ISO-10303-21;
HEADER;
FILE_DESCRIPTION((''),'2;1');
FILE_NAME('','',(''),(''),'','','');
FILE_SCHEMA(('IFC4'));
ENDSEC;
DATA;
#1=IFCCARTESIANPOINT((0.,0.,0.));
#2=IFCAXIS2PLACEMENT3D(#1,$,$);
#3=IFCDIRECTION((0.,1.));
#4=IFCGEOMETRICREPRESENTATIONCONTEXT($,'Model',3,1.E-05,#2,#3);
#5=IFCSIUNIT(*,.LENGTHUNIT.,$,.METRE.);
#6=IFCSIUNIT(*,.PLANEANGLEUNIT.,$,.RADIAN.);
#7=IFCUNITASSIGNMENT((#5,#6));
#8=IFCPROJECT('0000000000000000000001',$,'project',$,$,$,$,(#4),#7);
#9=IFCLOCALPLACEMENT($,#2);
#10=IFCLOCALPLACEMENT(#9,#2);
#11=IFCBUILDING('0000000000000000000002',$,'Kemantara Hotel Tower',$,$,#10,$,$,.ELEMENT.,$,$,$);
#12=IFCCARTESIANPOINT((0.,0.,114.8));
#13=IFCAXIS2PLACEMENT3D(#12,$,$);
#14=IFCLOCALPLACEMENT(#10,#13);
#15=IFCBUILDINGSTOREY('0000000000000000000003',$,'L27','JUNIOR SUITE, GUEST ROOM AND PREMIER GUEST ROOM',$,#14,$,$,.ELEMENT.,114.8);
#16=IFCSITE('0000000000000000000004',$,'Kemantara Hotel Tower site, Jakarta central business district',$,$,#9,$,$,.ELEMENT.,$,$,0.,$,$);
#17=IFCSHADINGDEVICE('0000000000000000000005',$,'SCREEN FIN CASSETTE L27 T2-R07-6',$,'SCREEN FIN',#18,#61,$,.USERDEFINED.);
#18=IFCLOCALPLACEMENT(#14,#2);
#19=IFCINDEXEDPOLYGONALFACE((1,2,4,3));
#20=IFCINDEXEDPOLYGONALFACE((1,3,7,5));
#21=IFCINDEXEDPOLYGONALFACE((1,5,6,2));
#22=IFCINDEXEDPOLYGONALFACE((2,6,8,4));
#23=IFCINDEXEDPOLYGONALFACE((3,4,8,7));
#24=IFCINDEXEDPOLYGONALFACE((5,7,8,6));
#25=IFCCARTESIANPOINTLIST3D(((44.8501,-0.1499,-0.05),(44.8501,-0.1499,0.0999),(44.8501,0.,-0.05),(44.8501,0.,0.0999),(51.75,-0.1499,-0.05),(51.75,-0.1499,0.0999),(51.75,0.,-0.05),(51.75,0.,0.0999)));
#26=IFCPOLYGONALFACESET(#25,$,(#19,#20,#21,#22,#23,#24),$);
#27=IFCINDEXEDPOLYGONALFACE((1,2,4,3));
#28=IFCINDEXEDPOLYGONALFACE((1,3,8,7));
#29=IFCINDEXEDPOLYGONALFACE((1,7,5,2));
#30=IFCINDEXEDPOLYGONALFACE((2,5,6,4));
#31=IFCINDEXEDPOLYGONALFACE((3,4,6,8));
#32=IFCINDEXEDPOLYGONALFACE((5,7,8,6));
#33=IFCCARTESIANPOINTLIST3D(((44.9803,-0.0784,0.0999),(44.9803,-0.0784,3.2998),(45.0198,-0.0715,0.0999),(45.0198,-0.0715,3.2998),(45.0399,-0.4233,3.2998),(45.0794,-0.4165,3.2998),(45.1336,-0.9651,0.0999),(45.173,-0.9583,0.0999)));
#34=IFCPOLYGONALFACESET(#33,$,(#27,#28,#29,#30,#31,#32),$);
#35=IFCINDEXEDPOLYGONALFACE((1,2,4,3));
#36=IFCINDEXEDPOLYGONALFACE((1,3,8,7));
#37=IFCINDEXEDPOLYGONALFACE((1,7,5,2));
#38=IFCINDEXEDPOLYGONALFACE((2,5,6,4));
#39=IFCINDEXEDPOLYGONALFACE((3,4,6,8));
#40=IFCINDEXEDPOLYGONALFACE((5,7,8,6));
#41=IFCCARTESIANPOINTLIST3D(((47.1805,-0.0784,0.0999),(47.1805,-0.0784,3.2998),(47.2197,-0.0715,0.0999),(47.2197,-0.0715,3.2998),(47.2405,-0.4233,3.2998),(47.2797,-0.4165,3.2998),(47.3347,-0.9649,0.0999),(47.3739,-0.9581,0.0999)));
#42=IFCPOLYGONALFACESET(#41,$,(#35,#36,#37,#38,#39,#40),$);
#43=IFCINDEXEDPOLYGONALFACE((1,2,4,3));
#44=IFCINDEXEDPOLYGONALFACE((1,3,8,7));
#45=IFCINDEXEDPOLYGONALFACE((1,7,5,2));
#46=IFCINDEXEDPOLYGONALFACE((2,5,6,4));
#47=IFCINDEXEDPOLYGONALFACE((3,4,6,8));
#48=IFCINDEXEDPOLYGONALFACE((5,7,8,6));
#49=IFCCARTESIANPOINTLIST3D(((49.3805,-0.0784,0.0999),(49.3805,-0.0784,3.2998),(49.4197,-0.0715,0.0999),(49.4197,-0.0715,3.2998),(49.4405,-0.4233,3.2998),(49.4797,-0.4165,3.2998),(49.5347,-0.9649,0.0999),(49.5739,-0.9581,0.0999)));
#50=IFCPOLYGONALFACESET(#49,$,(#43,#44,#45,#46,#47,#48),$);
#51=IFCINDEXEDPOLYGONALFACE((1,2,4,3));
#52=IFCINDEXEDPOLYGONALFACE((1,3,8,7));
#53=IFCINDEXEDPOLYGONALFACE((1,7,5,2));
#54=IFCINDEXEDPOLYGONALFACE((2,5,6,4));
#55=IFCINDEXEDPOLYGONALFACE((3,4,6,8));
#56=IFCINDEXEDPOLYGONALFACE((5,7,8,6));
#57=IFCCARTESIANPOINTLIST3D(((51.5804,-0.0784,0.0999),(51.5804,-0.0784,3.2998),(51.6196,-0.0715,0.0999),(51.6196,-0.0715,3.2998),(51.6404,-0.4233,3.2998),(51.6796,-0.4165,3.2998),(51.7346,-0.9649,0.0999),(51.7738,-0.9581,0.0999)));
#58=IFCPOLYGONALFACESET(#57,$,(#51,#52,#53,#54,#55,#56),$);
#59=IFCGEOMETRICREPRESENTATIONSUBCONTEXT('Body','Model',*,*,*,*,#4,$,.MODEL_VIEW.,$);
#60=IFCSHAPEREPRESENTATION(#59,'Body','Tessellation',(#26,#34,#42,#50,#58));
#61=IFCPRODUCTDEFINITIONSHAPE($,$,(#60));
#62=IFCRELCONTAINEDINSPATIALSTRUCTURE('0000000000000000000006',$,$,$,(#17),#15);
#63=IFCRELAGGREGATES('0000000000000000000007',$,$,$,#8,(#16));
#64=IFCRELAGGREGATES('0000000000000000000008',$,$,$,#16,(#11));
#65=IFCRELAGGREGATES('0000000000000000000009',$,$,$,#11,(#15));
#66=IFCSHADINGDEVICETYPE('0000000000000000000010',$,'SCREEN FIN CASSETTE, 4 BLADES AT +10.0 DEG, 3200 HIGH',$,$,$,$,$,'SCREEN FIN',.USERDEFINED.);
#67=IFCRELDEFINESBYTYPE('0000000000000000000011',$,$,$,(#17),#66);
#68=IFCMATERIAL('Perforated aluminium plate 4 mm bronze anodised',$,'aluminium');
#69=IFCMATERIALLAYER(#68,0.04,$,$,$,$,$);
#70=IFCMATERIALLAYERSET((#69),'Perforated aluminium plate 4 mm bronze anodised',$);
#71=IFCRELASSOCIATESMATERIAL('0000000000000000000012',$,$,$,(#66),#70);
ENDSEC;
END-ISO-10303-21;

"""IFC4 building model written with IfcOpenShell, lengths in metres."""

from ifc_helpers import new_model, si_unit, direction, frame, origin, origin_2d, place, context, subcontext, project, spatial, polyline, rectangle, outline, extrude, source, transform, mapped, material, layer, layer_set, type_object, element, save


model = new_model("IFC4")

# Units and contexts
model_context = context("Model", 3, precision=1e-05, world=origin(), true_north=direction((0.0, 1.0)))
body_context = subcontext(model_context, "Body", "Model", "MODEL_VIEW")
ifc_project = project(units=[si_unit("LENGTHUNIT", "METRE"), si_unit("PLANEANGLEUNIT", "RADIAN")], contexts=[model_context])

# Site, building, storey
site_placement = place(None, origin())
site = spatial("IfcSite", under=ifc_project, at=site_placement, Name="Kemantara Hotel Tower site, Jakarta central business district", CompositionType="ELEMENT", RefElevation=0.0)
building_placement = place(site_placement, origin())
building = spatial("IfcBuilding", under=site, at=building_placement, Name="Kemantara Hotel Tower", CompositionType="ELEMENT")
storey_placement = place(building_placement, frame((0.0, 0.0, 114.8)))
storey = spatial("IfcBuildingStorey", under=building, at=storey_placement, Name="L27", Description="JUNIOR SUITE, GUEST ROOM AND PREMIER GUEST ROOM", CompositionType="ELEMENT", Elevation=114.8)

# Shading device
ifc_material_1 = material(Name="Perforated aluminium plate 4 mm bronze anodised", Category="aluminium")
ifc_layer_1 = layer(ifc_material_1, 0.04)
ifc_layer_set_1 = layer_set([ifc_layer_1], Name="Perforated aluminium plate 4 mm bronze anodised")
shading_device_type = type_object("IfcShadingDeviceType", Name="SCREEN FIN CASSETTE, 4 BLADES AT +10.0 DEG, 3200 HIGH", ElementType="SCREEN FIN", PredefinedType="USERDEFINED", material=ifc_layer_set_1)
shared_shape = source(origin(), body_context, "Body", "SweptSolid", [
    extrude(rectangle(XDim=6.8999, YDim=0.1499, at=origin_2d()), frame((3.3, -0.075, -0.1499), z_axis=(0.0, 0.0, 1.0), x_axis=(1.0, 0.0, 0.0)), (0.0, 0.0, 1.0), 0.1499),
    extrude(outline(polyline([(0.0, 0.0), (0.8999, 0.0), (0.3501, 3.2), (0.0, 3.2), (0.0, 0.0)])), frame((0.0198, -0.0715, 0.0), z_axis=(-0.98539, -0.170314, 0.0), x_axis=(0.170314, -0.98539, 0.0)), (0.0, 0.0, 1.0), 0.04),
    extrude(outline(polyline([(0.0, 0.0), (0.8999, 0.0), (0.3501, 3.2), (0.0, 3.2), (0.0, 0.0)])), frame((2.2197, -0.0715, 0.0), z_axis=(-0.985212, -0.171341, 0.0), x_axis=(0.171341, -0.985212, 0.0)), (0.0, 0.0, 1.0), 0.0398),
    extrude(outline(polyline([(0.0, 0.0), (0.8999, 0.0), (0.3501, 3.2), (0.0, 3.2), (0.0, 0.0)])), frame((4.4197, -0.0715, 0.0), z_axis=(-0.985212, -0.171341, 0.0), x_axis=(0.171341, -0.985212, 0.0)), (0.0, 0.0, 1.0), 0.0398),
    extrude(outline(polyline([(0.0, 0.0), (0.8999, 0.0), (0.3501, 3.2), (0.0, 3.2), (0.0, 0.0)])), frame((6.6196, -0.0715, 0.0), z_axis=(-0.985212, -0.171341, 0.0), x_axis=(0.171341, -0.985212, 0.0)), (0.0, 0.0, 1.0), 0.0398),
])
shading_device_placement = place(storey_placement, frame((45.0, 0.0, 0.0999), z_axis=(0.0, 0.0, 1.0), x_axis=(1.0, 0.0, 0.0)))
element("IfcShadingDevice", 1, at=shading_device_placement, inside=storey, type_object=shading_device_type, Name="SCREEN FIN CASSETTE L27 T2-R07-6", ObjectType="SCREEN FIN", PredefinedType="USERDEFINED", context=body_context, shape_type="MappedRepresentation", body=[
    mapped(shared_shape, transform((0.0, 0.0, 0.0))),
])

save(model, "model.ifc")
